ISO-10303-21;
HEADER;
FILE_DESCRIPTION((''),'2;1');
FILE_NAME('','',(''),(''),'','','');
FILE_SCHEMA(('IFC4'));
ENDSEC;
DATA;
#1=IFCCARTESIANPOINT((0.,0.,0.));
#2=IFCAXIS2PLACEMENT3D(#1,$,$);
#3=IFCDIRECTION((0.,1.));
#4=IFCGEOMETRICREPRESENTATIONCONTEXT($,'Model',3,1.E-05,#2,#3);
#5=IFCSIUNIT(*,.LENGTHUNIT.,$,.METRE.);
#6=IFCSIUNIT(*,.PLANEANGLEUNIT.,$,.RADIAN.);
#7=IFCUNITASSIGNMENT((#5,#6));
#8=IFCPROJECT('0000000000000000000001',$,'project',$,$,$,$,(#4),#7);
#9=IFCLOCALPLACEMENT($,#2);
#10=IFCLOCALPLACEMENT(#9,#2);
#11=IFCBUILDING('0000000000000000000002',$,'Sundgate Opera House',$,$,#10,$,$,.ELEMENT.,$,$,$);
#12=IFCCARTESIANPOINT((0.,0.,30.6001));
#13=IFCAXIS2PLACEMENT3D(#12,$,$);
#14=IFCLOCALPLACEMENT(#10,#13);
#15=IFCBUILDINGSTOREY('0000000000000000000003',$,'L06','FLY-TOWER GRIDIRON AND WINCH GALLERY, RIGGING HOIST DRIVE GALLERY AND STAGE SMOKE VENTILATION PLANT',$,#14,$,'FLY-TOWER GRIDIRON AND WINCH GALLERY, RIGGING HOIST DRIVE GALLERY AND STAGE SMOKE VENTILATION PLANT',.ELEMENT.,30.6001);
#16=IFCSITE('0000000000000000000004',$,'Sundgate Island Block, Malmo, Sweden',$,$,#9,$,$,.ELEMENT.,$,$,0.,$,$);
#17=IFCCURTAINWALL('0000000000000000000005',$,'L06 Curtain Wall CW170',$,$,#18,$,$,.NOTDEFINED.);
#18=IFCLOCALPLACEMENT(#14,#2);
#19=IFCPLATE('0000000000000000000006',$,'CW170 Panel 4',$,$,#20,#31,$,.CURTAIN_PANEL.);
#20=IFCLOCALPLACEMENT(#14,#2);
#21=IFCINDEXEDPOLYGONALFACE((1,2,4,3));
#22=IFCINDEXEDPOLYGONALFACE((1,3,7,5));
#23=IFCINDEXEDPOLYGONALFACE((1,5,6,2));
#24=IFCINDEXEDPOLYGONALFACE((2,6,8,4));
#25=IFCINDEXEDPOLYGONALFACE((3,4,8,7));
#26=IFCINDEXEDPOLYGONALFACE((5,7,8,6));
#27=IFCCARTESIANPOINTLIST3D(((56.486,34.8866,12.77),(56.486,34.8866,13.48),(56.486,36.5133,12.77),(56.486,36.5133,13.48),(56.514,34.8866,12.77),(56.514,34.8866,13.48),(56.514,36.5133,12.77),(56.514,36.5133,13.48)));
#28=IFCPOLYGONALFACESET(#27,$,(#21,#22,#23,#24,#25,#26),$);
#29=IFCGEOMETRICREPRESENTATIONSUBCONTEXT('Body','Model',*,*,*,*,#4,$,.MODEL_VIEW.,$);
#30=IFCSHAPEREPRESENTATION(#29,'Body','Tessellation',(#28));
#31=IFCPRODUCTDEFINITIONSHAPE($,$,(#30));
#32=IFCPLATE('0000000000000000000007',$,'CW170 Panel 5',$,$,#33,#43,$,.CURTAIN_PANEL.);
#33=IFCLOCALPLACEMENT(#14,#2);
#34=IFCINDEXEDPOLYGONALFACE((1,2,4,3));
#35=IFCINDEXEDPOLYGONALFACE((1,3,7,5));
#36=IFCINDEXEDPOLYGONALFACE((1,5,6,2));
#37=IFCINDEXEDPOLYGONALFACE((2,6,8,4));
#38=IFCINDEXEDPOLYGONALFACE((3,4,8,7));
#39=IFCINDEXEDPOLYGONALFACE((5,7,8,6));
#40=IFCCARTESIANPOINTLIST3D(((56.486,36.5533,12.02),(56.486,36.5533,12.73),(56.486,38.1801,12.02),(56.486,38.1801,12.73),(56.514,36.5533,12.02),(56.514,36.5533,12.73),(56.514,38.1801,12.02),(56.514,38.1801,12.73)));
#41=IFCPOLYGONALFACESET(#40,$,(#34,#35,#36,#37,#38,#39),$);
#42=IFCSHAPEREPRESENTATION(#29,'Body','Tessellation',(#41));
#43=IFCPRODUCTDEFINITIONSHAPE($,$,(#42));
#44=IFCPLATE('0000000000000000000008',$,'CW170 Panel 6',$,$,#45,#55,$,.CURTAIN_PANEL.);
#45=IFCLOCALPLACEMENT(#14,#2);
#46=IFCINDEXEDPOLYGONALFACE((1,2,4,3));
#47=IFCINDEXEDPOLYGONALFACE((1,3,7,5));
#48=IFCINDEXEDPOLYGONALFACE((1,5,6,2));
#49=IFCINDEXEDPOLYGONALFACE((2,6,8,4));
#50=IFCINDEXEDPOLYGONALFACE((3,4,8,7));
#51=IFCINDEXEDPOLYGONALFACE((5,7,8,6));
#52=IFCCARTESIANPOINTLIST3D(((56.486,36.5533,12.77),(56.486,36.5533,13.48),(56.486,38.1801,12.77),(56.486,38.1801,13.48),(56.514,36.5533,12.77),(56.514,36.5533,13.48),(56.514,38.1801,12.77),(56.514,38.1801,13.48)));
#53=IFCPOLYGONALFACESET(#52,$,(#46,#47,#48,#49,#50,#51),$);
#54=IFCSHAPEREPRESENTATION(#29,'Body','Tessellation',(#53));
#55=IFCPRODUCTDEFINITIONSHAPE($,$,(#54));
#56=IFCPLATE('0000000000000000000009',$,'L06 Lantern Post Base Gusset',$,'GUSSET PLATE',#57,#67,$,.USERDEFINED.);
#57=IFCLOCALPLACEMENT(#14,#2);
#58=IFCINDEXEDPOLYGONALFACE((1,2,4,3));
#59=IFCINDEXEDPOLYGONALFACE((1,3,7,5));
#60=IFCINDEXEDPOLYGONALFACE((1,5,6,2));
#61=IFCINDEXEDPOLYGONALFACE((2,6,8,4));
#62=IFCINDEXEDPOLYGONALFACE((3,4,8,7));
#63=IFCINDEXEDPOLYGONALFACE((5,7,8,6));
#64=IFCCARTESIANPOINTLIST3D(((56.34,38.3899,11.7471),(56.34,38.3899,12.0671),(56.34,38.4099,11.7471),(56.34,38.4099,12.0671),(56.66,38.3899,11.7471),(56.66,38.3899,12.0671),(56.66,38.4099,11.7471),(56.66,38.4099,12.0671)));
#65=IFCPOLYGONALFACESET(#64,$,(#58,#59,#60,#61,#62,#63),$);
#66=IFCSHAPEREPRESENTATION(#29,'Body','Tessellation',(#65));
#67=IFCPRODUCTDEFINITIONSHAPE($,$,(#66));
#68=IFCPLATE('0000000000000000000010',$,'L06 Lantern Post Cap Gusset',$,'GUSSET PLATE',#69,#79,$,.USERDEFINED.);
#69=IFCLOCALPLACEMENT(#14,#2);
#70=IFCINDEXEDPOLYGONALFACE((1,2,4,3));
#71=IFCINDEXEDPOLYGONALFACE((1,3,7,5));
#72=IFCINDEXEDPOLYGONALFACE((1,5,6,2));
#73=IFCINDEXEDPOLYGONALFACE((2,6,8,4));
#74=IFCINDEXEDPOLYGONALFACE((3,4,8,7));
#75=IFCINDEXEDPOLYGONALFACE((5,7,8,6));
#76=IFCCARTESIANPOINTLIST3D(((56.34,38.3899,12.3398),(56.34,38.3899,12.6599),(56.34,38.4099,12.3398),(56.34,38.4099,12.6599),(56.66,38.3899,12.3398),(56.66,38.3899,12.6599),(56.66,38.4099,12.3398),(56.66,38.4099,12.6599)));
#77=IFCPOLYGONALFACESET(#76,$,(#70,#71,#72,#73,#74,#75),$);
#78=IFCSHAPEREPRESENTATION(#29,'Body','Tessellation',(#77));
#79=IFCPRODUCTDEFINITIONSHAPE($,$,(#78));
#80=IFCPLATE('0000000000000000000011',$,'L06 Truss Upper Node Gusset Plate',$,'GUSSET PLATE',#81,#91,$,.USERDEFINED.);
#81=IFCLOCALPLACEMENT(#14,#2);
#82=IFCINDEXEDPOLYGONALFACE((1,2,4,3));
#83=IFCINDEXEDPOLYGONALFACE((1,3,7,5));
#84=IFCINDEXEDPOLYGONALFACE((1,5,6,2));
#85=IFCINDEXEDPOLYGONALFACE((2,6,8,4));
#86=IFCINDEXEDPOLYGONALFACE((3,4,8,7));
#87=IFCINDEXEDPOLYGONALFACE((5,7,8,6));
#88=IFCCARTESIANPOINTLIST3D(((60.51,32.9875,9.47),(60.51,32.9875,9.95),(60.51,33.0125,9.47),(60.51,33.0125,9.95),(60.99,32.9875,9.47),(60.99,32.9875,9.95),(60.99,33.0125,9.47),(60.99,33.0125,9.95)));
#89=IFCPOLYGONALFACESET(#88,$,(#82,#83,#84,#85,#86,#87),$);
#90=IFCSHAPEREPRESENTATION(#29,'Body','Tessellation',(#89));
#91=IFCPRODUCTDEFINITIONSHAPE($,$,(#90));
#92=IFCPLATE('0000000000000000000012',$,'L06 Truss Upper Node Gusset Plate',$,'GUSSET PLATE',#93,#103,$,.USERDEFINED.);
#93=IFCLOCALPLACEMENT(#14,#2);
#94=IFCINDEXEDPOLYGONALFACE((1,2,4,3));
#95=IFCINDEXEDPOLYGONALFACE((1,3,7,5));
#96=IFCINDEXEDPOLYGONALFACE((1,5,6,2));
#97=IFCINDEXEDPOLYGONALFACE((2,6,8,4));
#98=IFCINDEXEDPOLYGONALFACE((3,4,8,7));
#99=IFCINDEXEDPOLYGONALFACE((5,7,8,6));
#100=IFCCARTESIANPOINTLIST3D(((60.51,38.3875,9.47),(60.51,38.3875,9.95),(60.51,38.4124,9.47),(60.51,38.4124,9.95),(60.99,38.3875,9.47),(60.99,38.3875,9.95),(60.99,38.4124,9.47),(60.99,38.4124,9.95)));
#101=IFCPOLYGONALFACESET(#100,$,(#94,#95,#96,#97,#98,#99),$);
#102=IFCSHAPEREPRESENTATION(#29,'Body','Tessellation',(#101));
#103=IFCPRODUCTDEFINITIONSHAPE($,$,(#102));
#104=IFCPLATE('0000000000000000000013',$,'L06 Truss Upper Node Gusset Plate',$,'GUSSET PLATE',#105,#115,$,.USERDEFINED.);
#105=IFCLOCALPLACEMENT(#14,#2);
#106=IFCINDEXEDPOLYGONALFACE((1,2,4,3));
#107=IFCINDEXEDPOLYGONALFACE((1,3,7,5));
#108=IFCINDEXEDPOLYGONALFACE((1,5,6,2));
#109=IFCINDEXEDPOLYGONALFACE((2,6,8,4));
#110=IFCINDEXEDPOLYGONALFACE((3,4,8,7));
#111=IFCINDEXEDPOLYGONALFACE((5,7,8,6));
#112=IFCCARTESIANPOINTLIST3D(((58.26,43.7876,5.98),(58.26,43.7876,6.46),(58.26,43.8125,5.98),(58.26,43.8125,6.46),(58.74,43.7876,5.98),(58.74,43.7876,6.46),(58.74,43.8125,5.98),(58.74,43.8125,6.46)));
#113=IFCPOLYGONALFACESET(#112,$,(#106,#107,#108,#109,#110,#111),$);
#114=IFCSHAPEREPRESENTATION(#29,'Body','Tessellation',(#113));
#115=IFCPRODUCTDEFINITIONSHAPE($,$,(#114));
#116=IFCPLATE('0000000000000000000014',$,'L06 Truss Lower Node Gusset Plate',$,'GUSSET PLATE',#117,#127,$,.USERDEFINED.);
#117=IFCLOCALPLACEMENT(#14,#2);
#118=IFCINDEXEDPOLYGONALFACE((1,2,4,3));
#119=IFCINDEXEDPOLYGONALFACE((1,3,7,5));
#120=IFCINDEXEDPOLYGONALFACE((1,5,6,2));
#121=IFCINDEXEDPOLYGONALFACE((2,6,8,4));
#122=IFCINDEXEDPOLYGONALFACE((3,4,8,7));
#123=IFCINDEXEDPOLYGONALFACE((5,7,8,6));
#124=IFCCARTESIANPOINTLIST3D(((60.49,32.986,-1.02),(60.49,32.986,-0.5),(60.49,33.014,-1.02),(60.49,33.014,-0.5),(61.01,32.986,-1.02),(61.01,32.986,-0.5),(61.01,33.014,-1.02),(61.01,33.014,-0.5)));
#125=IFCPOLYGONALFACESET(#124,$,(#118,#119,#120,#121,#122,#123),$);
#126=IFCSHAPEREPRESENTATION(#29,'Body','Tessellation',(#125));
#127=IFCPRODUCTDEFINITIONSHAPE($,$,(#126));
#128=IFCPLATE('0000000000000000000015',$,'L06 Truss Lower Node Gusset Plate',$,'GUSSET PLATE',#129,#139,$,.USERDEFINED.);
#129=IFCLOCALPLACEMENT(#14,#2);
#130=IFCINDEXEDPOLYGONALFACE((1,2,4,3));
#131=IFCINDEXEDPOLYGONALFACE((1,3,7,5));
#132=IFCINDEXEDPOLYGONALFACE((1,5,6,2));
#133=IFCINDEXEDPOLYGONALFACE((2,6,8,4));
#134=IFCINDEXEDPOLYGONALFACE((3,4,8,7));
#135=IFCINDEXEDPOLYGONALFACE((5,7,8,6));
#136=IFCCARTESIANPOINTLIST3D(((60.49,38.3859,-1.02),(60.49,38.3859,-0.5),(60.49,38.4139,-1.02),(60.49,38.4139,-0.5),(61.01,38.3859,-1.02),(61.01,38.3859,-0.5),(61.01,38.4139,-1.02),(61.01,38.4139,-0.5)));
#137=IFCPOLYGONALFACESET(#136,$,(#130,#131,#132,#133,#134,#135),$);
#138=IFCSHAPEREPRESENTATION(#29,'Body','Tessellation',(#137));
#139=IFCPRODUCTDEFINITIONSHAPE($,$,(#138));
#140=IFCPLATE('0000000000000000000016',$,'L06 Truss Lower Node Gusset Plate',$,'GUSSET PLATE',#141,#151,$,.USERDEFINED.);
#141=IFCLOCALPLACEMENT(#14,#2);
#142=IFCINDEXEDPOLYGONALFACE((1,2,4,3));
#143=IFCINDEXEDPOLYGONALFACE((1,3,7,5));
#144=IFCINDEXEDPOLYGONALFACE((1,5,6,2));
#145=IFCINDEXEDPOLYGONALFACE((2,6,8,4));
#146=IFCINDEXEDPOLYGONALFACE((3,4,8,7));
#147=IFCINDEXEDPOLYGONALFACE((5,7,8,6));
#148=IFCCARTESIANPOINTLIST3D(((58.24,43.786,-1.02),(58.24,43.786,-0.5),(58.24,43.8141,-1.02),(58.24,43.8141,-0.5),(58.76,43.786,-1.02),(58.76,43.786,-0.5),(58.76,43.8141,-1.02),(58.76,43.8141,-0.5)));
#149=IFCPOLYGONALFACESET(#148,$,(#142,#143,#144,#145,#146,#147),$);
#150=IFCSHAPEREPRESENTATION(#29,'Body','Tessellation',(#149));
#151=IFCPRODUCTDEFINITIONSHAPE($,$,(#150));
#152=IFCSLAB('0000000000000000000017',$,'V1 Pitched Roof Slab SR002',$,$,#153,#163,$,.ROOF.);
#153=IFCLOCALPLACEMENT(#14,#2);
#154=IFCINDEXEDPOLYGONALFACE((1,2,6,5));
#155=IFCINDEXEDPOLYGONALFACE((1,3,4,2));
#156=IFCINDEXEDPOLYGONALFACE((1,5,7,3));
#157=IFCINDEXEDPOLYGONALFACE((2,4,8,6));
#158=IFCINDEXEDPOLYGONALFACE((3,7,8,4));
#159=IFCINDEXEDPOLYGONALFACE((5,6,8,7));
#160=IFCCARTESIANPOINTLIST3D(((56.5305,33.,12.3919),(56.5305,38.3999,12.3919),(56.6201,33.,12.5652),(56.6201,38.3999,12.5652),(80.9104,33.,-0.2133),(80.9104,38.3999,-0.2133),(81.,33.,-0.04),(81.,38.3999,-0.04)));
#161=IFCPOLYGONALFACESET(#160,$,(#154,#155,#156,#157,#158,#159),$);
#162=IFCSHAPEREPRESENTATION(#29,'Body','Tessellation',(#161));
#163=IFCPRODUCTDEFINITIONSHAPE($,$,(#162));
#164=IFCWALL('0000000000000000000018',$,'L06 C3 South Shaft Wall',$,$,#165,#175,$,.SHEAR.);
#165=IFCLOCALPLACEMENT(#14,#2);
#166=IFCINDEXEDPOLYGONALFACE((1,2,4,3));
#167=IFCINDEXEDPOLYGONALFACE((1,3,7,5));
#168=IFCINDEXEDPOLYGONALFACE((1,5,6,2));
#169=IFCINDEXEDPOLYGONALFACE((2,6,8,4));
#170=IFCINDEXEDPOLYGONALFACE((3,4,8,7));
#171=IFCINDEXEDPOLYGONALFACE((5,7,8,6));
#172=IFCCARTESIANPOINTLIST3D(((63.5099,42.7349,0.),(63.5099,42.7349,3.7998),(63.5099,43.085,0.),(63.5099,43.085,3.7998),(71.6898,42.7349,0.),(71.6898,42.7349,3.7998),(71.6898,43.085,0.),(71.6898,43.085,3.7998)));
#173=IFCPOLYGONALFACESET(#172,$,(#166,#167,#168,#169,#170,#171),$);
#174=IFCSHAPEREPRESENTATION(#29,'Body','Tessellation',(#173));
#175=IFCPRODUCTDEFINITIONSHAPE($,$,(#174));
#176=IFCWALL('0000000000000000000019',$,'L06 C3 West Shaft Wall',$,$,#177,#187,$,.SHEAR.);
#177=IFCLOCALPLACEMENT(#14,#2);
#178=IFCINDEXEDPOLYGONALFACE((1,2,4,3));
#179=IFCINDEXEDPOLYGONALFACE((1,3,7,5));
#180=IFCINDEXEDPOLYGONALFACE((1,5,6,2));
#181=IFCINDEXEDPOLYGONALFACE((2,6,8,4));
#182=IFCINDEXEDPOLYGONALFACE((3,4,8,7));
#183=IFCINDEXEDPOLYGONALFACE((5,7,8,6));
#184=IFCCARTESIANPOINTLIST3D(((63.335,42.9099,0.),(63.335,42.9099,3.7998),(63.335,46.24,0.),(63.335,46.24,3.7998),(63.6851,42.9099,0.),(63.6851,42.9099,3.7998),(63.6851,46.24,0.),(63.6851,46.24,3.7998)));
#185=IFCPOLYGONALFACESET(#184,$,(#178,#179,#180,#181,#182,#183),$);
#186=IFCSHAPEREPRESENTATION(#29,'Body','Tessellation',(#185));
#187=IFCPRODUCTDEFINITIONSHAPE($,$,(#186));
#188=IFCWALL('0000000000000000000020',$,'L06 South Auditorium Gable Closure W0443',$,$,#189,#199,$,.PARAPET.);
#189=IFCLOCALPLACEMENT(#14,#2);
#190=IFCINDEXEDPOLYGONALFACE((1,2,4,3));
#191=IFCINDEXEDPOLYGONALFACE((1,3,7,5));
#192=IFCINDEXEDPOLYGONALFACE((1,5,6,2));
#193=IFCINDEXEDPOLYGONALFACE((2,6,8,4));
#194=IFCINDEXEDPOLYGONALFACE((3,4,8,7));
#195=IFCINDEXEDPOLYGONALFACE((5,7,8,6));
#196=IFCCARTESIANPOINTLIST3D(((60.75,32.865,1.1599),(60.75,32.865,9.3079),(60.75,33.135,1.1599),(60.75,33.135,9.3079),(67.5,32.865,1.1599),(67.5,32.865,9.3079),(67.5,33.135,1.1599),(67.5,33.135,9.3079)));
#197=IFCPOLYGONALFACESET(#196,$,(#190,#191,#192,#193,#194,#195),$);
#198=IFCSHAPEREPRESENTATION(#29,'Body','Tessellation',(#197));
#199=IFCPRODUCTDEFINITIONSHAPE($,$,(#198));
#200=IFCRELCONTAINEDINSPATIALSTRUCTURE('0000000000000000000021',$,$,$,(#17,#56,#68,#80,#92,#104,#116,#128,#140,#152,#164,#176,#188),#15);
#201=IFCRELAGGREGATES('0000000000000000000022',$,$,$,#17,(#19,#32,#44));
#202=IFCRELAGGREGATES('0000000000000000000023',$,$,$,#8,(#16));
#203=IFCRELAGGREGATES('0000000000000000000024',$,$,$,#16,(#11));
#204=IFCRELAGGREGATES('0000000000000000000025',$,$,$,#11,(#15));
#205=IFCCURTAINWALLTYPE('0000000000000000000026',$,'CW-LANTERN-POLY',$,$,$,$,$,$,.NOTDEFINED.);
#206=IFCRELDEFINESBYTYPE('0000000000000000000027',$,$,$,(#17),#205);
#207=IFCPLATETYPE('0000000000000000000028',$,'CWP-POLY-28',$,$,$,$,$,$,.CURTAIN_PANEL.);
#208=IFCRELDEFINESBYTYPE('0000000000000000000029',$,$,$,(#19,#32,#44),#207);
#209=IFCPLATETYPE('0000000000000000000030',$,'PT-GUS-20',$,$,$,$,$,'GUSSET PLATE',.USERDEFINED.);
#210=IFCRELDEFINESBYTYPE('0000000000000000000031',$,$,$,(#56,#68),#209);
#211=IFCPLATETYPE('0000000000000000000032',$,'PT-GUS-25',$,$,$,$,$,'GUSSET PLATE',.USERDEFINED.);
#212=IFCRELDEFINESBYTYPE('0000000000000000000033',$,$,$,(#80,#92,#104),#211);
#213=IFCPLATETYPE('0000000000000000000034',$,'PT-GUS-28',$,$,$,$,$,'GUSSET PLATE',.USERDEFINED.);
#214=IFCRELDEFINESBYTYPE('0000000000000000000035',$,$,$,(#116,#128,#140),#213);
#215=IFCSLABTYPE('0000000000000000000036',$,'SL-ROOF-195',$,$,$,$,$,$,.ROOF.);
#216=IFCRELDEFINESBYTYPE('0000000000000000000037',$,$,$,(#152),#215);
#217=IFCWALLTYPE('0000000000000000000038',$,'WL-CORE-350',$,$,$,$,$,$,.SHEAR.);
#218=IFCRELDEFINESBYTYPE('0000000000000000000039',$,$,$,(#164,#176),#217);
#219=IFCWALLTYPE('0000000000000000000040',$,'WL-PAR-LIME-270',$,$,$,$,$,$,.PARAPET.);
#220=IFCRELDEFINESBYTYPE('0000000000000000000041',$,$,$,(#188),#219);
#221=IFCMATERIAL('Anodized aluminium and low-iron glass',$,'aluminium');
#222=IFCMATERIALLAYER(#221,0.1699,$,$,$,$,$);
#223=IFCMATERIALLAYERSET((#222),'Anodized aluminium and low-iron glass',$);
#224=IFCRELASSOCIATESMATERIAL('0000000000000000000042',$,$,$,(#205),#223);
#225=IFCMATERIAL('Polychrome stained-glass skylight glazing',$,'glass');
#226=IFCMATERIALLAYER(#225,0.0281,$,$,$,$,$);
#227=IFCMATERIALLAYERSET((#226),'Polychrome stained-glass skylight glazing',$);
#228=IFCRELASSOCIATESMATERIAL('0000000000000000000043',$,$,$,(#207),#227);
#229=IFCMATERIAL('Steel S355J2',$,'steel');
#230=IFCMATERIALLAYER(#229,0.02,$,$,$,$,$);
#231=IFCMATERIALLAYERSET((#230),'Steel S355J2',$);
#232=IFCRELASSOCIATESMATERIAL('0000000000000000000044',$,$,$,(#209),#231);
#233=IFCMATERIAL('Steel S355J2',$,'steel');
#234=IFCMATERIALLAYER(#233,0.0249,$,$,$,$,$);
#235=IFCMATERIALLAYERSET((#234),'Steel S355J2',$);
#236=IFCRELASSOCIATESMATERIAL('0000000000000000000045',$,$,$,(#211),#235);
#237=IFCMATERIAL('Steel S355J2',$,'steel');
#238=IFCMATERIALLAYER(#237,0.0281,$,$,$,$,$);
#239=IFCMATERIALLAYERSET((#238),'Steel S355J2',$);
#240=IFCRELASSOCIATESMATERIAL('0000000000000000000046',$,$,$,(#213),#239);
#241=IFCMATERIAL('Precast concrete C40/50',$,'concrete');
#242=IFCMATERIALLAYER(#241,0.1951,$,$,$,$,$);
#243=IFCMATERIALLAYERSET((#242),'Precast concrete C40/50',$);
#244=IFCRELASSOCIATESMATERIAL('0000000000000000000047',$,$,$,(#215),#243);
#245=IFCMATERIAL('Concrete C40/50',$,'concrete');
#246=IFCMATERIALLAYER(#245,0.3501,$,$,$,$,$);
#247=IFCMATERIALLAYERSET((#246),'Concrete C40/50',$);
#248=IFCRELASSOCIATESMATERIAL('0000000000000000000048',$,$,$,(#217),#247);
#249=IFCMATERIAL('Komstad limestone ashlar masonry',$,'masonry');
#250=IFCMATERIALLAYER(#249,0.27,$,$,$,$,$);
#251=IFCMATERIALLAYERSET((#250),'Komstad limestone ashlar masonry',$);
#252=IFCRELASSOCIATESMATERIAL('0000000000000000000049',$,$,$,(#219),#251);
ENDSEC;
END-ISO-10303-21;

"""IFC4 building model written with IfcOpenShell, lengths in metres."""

from ifc_helpers import new_model, si_unit, direction, frame, frame_2d, origin, origin_2d, place, context, subcontext, project, spatial, polyline, rectangle, outline, extrude, material, layer, layer_set, type_object, element, aggregate, save


model = new_model("IFC4")

# Units and contexts
model_context = context("Model", 3, precision=1e-05, world=origin(), true_north=direction((0.0, 1.0)))
body_context = subcontext(model_context, "Body", "Model", "MODEL_VIEW")
ifc_project = project(units=[si_unit("LENGTHUNIT", "METRE"), si_unit("PLANEANGLEUNIT", "RADIAN")], contexts=[model_context])

# Site, building, storey
site_placement = place(None, origin())
site = spatial("IfcSite", under=ifc_project, at=site_placement, Name="Sundgate Island Block, Malmo, Sweden", CompositionType="ELEMENT", RefElevation=0.0)
building_placement = place(site_placement, origin())
building = spatial("IfcBuilding", under=site, at=building_placement, Name="Sundgate Opera House", CompositionType="ELEMENT")
storey_placement = place(building_placement, frame((0.0, 0.0, 30.6001)))
storey = spatial("IfcBuildingStorey", under=building, at=storey_placement, Name="L06", Description="FLY-TOWER GRIDIRON AND WINCH GALLERY, RIGGING HOIST DRIVE GALLERY AND STAGE SMOKE VENTILATION PLANT", LongName="FLY-TOWER GRIDIRON AND WINCH GALLERY, RIGGING HOIST DRIVE GALLERY AND STAGE SMOKE VENTILATION PLANT", CompositionType="ELEMENT", Elevation=30.6001)

# Curtain wall
ifc_material_1 = material(Name="Anodized aluminium and low-iron glass", Category="aluminium")
ifc_layer_1 = layer(ifc_material_1, 0.1699)
ifc_layer_set_1 = layer_set([ifc_layer_1], Name="Anodized aluminium and low-iron glass")
curtain_wall_type = type_object("IfcCurtainWallType", Name="CW-LANTERN-POLY", PredefinedType="NOTDEFINED", material=ifc_layer_set_1)
curtain_wall_placement = place(storey_placement, origin())
curtain_wall = element("IfcCurtainWall", 1, at=curtain_wall_placement, inside=storey, type_object=curtain_wall_type, Name="L06 Curtain Wall CW170", PredefinedType="NOTDEFINED")

# Plates
ifc_material_2 = material(Name="Polychrome stained-glass skylight glazing", Category="glass")
ifc_layer_2 = layer(ifc_material_2, 0.0281)
ifc_layer_set_2 = layer_set([ifc_layer_2], Name="Polychrome stained-glass skylight glazing")
plate_type_1 = type_object("IfcPlateType", Name="CWP-POLY-28", PredefinedType="CURTAIN_PANEL", material=ifc_layer_set_2)
plate_1_placement = place(storey_placement, frame((56.5, 35.7, 12.77), z_axis=(0.0, 0.0, 1.0), x_axis=(0.0, 1.0, 0.0)))
plate_1 = element("IfcPlate", 2, at=plate_1_placement, type_object=plate_type_1, Name="CW170 Panel 4", PredefinedType="CURTAIN_PANEL", context=body_context, shape_type="SweptSolid", body=[
    extrude(rectangle(XDim=1.6267, YDim=0.0281, at=origin_2d()), origin(), (0.0, 0.0, 1.0), 0.71),
])
plate_2_placement = place(storey_placement, frame((56.5, 37.3667, 12.02), z_axis=(0.0, 0.0, 1.0), x_axis=(0.0, 1.0, 0.0)))
plate_2 = element("IfcPlate", 3, at=plate_2_placement, type_object=plate_type_1, Name="CW170 Panel 5", PredefinedType="CURTAIN_PANEL", context=body_context, shape_type="SweptSolid", body=[
    extrude(rectangle(XDim=1.6267, YDim=0.0281, at=origin_2d()), origin(), (0.0, 0.0, 1.0), 0.71),
])
plate_3_placement = place(storey_placement, frame((56.5, 37.3667, 12.77), z_axis=(0.0, 0.0, 1.0), x_axis=(0.0, 1.0, 0.0)))
plate_3 = element("IfcPlate", 4, at=plate_3_placement, type_object=plate_type_1, Name="CW170 Panel 6", PredefinedType="CURTAIN_PANEL", context=body_context, shape_type="SweptSolid", body=[
    extrude(rectangle(XDim=1.6267, YDim=0.0281, at=origin_2d()), origin(), (0.0, 0.0, 1.0), 0.71),
])
aggregate(curtain_wall, [plate_1, plate_2, plate_3])

# Plates
ifc_material_3 = material(Name="Steel S355J2", Category="steel")
ifc_layer_3 = layer(ifc_material_3, 0.02)
ifc_layer_set_3 = layer_set([ifc_layer_3], Name="Steel S355J2")
plate_type_2 = type_object("IfcPlateType", Name="PT-GUS-20", ElementType="GUSSET PLATE", PredefinedType="USERDEFINED", material=ifc_layer_set_3)
for number, where, z_axis, x_axis, name in (
    (5, (56.5, 38.3999, 11.7471), (0.0, 0.0, 1.0), (1.0, 0.0, 0.0), "L06 Lantern Post Base Gusset"),
    (6, (56.5, 38.3999, 12.3398), (0.0, 0.0, 1.0), (1.0, 0.0, 0.0), "L06 Lantern Post Cap Gusset"),
):
    element("IfcPlate", number, at=place(storey_placement, frame(where, z_axis=z_axis, x_axis=x_axis)), inside=storey, type_object=plate_type_2, Name=name, ObjectType="GUSSET PLATE", PredefinedType="USERDEFINED", context=body_context, shape_type="SweptSolid", body=[
        extrude(rectangle(XDim=0.3201, YDim=0.02, at=origin_2d()), origin(), (0.0, 0.0, 1.0), 0.3201),
    ])
ifc_material_4 = material(Name="Steel S355J2", Category="steel")
ifc_layer_4 = layer(ifc_material_4, 0.0249)
ifc_layer_set_4 = layer_set([ifc_layer_4], Name="Steel S355J2")
plate_type_3 = type_object("IfcPlateType", Name="PT-GUS-25", ElementType="GUSSET PLATE", PredefinedType="USERDEFINED", material=ifc_layer_set_4)
for number, where, z_axis, x_axis, name in (
    (7, (60.75, 33.0, 9.47), (0.0, 0.0, 1.0), (1.0, 0.0, 0.0), "L06 Truss Upper Node Gusset Plate"),
    (8, (60.75, 38.3999, 9.47), (0.0, 0.0, 1.0), (1.0, 0.0, 0.0), "L06 Truss Upper Node Gusset Plate"),
    (9, (58.5, 43.8, 5.98), (0.0, 0.0, 1.0), (1.0, 0.0, 0.0), "L06 Truss Upper Node Gusset Plate"),
):
    element("IfcPlate", number, at=place(storey_placement, frame(where, z_axis=z_axis, x_axis=x_axis)), inside=storey, type_object=plate_type_3, Name=name, ObjectType="GUSSET PLATE", PredefinedType="USERDEFINED", context=body_context, shape_type="SweptSolid", body=[
        extrude(rectangle(XDim=0.48, YDim=0.0249, at=origin_2d()), origin(), (0.0, 0.0, 1.0), 0.48),
    ])
ifc_material_5 = material(Name="Steel S355J2", Category="steel")
ifc_layer_5 = layer(ifc_material_5, 0.0281)
ifc_layer_set_5 = layer_set([ifc_layer_5], Name="Steel S355J2")
plate_type_4 = type_object("IfcPlateType", Name="PT-GUS-28", ElementType="GUSSET PLATE", PredefinedType="USERDEFINED", material=ifc_layer_set_5)
for number, where, z_axis, x_axis, name in (
    (10, (60.75, 33.0, -1.02), (0.0, 0.0, 1.0), (1.0, 0.0, 0.0), "L06 Truss Lower Node Gusset Plate"),
    (11, (60.75, 38.3999, -1.02), (0.0, 0.0, 1.0), (1.0, 0.0, 0.0), "L06 Truss Lower Node Gusset Plate"),
    (12, (58.5, 43.8, -1.02), (0.0, 0.0, 1.0), (1.0, 0.0, 0.0), "L06 Truss Lower Node Gusset Plate"),
):
    element("IfcPlate", number, at=place(storey_placement, frame(where, z_axis=z_axis, x_axis=x_axis)), inside=storey, type_object=plate_type_4, Name=name, ObjectType="GUSSET PLATE", PredefinedType="USERDEFINED", context=body_context, shape_type="SweptSolid", body=[
        extrude(rectangle(XDim=0.52, YDim=0.0281, at=origin_2d()), origin(), (0.0, 0.0, 1.0), 0.52),
    ])

# Slab
ifc_material_6 = material(Name="Precast concrete C40/50", Category="concrete")
ifc_layer_6 = layer(ifc_material_6, 0.1951)
ifc_layer_set_6 = layer_set([ifc_layer_6], Name="Precast concrete C40/50")
slab_type = type_object("IfcSlabType", Name="SL-ROOF-195", PredefinedType="ROOF", material=ifc_layer_set_6)
slab_placement = place(storey_placement, frame((56.6201, 33.0, 12.5652), z_axis=(0.459277, 0.0, 0.888293), x_axis=(0.888293, 0.0, -0.459277)))
element("IfcSlab", 13, at=slab_placement, inside=storey, type_object=slab_type, Name="V1 Pitched Roof Slab SR002", PredefinedType="ROOF", context=body_context, shape_type="SweptSolid", body=[
    extrude(outline(polyline([(0.0, 0.0), (27.4458, 0.0), (27.4458, 5.3999), (0.0, 5.3999), (0.0, 0.0)])), origin(), (0.0, 0.0, -1.0), 0.1951),
])

# Walls
ifc_material_7 = material(Name="Concrete C40/50", Category="concrete")
ifc_layer_7 = layer(ifc_material_7, 0.3501)
ifc_layer_set_7 = layer_set([ifc_layer_7], Name="Concrete C40/50")
wall_type_1 = type_object("IfcWallType", Name="WL-CORE-350", PredefinedType="SHEAR", material=ifc_layer_set_7)
wall_1_placement = place(storey_placement, frame((63.51, 42.9099, 0.0), z_axis=(0.0, 0.0, 1.0), x_axis=(1.0, 0.0, 0.0)))
element("IfcWall", 14, at=wall_1_placement, inside=storey, type_object=wall_type_1, Name="L06 C3 South Shaft Wall", PredefinedType="SHEAR", context=body_context, shape_type="SweptSolid", body=[
    extrude(rectangle(XDim=8.1799, YDim=0.3501, at=frame_2d((4.0898, 0.0))), origin(), (0.0, 0.0, 1.0), 3.7998),
])
wall_2_placement = place(storey_placement, frame((63.51, 42.9099, 0.0), z_axis=(0.0, 0.0, 1.0), x_axis=(0.0, 1.0, 0.0)))
element("IfcWall", 15, at=wall_2_placement, inside=storey, type_object=wall_type_1, Name="L06 C3 West Shaft Wall", PredefinedType="SHEAR", context=body_context, shape_type="SweptSolid", body=[
    extrude(rectangle(XDim=3.3301, YDim=0.3501, at=frame_2d((1.665, 0.0))), origin(), (0.0, 0.0, 1.0), 3.7998),
])
ifc_material_8 = material(Name="Komstad limestone ashlar masonry", Category="masonry")
ifc_layer_8 = layer(ifc_material_8, 0.27)
ifc_layer_set_8 = layer_set([ifc_layer_8], Name="Komstad limestone ashlar masonry")
wall_type_2 = type_object("IfcWallType", Name="WL-PAR-LIME-270", PredefinedType="PARAPET", material=ifc_layer_set_8)
wall_3_placement = place(storey_placement, frame((60.75, 33.0, 1.1599), z_axis=(0.0, 0.0, 1.0), x_axis=(1.0, 0.0, 0.0)))
element("IfcWall", 16, at=wall_3_placement, inside=storey, type_object=wall_type_2, Name="L06 South Auditorium Gable Closure W0443", PredefinedType="PARAPET", context=body_context, shape_type="SweptSolid", body=[
    extrude(rectangle(XDim=6.75, YDim=0.27, at=frame_2d((3.375, 0.0))), origin(), (0.0, 0.0, 1.0), 8.1479),
])

save(model, "model.ifc")
